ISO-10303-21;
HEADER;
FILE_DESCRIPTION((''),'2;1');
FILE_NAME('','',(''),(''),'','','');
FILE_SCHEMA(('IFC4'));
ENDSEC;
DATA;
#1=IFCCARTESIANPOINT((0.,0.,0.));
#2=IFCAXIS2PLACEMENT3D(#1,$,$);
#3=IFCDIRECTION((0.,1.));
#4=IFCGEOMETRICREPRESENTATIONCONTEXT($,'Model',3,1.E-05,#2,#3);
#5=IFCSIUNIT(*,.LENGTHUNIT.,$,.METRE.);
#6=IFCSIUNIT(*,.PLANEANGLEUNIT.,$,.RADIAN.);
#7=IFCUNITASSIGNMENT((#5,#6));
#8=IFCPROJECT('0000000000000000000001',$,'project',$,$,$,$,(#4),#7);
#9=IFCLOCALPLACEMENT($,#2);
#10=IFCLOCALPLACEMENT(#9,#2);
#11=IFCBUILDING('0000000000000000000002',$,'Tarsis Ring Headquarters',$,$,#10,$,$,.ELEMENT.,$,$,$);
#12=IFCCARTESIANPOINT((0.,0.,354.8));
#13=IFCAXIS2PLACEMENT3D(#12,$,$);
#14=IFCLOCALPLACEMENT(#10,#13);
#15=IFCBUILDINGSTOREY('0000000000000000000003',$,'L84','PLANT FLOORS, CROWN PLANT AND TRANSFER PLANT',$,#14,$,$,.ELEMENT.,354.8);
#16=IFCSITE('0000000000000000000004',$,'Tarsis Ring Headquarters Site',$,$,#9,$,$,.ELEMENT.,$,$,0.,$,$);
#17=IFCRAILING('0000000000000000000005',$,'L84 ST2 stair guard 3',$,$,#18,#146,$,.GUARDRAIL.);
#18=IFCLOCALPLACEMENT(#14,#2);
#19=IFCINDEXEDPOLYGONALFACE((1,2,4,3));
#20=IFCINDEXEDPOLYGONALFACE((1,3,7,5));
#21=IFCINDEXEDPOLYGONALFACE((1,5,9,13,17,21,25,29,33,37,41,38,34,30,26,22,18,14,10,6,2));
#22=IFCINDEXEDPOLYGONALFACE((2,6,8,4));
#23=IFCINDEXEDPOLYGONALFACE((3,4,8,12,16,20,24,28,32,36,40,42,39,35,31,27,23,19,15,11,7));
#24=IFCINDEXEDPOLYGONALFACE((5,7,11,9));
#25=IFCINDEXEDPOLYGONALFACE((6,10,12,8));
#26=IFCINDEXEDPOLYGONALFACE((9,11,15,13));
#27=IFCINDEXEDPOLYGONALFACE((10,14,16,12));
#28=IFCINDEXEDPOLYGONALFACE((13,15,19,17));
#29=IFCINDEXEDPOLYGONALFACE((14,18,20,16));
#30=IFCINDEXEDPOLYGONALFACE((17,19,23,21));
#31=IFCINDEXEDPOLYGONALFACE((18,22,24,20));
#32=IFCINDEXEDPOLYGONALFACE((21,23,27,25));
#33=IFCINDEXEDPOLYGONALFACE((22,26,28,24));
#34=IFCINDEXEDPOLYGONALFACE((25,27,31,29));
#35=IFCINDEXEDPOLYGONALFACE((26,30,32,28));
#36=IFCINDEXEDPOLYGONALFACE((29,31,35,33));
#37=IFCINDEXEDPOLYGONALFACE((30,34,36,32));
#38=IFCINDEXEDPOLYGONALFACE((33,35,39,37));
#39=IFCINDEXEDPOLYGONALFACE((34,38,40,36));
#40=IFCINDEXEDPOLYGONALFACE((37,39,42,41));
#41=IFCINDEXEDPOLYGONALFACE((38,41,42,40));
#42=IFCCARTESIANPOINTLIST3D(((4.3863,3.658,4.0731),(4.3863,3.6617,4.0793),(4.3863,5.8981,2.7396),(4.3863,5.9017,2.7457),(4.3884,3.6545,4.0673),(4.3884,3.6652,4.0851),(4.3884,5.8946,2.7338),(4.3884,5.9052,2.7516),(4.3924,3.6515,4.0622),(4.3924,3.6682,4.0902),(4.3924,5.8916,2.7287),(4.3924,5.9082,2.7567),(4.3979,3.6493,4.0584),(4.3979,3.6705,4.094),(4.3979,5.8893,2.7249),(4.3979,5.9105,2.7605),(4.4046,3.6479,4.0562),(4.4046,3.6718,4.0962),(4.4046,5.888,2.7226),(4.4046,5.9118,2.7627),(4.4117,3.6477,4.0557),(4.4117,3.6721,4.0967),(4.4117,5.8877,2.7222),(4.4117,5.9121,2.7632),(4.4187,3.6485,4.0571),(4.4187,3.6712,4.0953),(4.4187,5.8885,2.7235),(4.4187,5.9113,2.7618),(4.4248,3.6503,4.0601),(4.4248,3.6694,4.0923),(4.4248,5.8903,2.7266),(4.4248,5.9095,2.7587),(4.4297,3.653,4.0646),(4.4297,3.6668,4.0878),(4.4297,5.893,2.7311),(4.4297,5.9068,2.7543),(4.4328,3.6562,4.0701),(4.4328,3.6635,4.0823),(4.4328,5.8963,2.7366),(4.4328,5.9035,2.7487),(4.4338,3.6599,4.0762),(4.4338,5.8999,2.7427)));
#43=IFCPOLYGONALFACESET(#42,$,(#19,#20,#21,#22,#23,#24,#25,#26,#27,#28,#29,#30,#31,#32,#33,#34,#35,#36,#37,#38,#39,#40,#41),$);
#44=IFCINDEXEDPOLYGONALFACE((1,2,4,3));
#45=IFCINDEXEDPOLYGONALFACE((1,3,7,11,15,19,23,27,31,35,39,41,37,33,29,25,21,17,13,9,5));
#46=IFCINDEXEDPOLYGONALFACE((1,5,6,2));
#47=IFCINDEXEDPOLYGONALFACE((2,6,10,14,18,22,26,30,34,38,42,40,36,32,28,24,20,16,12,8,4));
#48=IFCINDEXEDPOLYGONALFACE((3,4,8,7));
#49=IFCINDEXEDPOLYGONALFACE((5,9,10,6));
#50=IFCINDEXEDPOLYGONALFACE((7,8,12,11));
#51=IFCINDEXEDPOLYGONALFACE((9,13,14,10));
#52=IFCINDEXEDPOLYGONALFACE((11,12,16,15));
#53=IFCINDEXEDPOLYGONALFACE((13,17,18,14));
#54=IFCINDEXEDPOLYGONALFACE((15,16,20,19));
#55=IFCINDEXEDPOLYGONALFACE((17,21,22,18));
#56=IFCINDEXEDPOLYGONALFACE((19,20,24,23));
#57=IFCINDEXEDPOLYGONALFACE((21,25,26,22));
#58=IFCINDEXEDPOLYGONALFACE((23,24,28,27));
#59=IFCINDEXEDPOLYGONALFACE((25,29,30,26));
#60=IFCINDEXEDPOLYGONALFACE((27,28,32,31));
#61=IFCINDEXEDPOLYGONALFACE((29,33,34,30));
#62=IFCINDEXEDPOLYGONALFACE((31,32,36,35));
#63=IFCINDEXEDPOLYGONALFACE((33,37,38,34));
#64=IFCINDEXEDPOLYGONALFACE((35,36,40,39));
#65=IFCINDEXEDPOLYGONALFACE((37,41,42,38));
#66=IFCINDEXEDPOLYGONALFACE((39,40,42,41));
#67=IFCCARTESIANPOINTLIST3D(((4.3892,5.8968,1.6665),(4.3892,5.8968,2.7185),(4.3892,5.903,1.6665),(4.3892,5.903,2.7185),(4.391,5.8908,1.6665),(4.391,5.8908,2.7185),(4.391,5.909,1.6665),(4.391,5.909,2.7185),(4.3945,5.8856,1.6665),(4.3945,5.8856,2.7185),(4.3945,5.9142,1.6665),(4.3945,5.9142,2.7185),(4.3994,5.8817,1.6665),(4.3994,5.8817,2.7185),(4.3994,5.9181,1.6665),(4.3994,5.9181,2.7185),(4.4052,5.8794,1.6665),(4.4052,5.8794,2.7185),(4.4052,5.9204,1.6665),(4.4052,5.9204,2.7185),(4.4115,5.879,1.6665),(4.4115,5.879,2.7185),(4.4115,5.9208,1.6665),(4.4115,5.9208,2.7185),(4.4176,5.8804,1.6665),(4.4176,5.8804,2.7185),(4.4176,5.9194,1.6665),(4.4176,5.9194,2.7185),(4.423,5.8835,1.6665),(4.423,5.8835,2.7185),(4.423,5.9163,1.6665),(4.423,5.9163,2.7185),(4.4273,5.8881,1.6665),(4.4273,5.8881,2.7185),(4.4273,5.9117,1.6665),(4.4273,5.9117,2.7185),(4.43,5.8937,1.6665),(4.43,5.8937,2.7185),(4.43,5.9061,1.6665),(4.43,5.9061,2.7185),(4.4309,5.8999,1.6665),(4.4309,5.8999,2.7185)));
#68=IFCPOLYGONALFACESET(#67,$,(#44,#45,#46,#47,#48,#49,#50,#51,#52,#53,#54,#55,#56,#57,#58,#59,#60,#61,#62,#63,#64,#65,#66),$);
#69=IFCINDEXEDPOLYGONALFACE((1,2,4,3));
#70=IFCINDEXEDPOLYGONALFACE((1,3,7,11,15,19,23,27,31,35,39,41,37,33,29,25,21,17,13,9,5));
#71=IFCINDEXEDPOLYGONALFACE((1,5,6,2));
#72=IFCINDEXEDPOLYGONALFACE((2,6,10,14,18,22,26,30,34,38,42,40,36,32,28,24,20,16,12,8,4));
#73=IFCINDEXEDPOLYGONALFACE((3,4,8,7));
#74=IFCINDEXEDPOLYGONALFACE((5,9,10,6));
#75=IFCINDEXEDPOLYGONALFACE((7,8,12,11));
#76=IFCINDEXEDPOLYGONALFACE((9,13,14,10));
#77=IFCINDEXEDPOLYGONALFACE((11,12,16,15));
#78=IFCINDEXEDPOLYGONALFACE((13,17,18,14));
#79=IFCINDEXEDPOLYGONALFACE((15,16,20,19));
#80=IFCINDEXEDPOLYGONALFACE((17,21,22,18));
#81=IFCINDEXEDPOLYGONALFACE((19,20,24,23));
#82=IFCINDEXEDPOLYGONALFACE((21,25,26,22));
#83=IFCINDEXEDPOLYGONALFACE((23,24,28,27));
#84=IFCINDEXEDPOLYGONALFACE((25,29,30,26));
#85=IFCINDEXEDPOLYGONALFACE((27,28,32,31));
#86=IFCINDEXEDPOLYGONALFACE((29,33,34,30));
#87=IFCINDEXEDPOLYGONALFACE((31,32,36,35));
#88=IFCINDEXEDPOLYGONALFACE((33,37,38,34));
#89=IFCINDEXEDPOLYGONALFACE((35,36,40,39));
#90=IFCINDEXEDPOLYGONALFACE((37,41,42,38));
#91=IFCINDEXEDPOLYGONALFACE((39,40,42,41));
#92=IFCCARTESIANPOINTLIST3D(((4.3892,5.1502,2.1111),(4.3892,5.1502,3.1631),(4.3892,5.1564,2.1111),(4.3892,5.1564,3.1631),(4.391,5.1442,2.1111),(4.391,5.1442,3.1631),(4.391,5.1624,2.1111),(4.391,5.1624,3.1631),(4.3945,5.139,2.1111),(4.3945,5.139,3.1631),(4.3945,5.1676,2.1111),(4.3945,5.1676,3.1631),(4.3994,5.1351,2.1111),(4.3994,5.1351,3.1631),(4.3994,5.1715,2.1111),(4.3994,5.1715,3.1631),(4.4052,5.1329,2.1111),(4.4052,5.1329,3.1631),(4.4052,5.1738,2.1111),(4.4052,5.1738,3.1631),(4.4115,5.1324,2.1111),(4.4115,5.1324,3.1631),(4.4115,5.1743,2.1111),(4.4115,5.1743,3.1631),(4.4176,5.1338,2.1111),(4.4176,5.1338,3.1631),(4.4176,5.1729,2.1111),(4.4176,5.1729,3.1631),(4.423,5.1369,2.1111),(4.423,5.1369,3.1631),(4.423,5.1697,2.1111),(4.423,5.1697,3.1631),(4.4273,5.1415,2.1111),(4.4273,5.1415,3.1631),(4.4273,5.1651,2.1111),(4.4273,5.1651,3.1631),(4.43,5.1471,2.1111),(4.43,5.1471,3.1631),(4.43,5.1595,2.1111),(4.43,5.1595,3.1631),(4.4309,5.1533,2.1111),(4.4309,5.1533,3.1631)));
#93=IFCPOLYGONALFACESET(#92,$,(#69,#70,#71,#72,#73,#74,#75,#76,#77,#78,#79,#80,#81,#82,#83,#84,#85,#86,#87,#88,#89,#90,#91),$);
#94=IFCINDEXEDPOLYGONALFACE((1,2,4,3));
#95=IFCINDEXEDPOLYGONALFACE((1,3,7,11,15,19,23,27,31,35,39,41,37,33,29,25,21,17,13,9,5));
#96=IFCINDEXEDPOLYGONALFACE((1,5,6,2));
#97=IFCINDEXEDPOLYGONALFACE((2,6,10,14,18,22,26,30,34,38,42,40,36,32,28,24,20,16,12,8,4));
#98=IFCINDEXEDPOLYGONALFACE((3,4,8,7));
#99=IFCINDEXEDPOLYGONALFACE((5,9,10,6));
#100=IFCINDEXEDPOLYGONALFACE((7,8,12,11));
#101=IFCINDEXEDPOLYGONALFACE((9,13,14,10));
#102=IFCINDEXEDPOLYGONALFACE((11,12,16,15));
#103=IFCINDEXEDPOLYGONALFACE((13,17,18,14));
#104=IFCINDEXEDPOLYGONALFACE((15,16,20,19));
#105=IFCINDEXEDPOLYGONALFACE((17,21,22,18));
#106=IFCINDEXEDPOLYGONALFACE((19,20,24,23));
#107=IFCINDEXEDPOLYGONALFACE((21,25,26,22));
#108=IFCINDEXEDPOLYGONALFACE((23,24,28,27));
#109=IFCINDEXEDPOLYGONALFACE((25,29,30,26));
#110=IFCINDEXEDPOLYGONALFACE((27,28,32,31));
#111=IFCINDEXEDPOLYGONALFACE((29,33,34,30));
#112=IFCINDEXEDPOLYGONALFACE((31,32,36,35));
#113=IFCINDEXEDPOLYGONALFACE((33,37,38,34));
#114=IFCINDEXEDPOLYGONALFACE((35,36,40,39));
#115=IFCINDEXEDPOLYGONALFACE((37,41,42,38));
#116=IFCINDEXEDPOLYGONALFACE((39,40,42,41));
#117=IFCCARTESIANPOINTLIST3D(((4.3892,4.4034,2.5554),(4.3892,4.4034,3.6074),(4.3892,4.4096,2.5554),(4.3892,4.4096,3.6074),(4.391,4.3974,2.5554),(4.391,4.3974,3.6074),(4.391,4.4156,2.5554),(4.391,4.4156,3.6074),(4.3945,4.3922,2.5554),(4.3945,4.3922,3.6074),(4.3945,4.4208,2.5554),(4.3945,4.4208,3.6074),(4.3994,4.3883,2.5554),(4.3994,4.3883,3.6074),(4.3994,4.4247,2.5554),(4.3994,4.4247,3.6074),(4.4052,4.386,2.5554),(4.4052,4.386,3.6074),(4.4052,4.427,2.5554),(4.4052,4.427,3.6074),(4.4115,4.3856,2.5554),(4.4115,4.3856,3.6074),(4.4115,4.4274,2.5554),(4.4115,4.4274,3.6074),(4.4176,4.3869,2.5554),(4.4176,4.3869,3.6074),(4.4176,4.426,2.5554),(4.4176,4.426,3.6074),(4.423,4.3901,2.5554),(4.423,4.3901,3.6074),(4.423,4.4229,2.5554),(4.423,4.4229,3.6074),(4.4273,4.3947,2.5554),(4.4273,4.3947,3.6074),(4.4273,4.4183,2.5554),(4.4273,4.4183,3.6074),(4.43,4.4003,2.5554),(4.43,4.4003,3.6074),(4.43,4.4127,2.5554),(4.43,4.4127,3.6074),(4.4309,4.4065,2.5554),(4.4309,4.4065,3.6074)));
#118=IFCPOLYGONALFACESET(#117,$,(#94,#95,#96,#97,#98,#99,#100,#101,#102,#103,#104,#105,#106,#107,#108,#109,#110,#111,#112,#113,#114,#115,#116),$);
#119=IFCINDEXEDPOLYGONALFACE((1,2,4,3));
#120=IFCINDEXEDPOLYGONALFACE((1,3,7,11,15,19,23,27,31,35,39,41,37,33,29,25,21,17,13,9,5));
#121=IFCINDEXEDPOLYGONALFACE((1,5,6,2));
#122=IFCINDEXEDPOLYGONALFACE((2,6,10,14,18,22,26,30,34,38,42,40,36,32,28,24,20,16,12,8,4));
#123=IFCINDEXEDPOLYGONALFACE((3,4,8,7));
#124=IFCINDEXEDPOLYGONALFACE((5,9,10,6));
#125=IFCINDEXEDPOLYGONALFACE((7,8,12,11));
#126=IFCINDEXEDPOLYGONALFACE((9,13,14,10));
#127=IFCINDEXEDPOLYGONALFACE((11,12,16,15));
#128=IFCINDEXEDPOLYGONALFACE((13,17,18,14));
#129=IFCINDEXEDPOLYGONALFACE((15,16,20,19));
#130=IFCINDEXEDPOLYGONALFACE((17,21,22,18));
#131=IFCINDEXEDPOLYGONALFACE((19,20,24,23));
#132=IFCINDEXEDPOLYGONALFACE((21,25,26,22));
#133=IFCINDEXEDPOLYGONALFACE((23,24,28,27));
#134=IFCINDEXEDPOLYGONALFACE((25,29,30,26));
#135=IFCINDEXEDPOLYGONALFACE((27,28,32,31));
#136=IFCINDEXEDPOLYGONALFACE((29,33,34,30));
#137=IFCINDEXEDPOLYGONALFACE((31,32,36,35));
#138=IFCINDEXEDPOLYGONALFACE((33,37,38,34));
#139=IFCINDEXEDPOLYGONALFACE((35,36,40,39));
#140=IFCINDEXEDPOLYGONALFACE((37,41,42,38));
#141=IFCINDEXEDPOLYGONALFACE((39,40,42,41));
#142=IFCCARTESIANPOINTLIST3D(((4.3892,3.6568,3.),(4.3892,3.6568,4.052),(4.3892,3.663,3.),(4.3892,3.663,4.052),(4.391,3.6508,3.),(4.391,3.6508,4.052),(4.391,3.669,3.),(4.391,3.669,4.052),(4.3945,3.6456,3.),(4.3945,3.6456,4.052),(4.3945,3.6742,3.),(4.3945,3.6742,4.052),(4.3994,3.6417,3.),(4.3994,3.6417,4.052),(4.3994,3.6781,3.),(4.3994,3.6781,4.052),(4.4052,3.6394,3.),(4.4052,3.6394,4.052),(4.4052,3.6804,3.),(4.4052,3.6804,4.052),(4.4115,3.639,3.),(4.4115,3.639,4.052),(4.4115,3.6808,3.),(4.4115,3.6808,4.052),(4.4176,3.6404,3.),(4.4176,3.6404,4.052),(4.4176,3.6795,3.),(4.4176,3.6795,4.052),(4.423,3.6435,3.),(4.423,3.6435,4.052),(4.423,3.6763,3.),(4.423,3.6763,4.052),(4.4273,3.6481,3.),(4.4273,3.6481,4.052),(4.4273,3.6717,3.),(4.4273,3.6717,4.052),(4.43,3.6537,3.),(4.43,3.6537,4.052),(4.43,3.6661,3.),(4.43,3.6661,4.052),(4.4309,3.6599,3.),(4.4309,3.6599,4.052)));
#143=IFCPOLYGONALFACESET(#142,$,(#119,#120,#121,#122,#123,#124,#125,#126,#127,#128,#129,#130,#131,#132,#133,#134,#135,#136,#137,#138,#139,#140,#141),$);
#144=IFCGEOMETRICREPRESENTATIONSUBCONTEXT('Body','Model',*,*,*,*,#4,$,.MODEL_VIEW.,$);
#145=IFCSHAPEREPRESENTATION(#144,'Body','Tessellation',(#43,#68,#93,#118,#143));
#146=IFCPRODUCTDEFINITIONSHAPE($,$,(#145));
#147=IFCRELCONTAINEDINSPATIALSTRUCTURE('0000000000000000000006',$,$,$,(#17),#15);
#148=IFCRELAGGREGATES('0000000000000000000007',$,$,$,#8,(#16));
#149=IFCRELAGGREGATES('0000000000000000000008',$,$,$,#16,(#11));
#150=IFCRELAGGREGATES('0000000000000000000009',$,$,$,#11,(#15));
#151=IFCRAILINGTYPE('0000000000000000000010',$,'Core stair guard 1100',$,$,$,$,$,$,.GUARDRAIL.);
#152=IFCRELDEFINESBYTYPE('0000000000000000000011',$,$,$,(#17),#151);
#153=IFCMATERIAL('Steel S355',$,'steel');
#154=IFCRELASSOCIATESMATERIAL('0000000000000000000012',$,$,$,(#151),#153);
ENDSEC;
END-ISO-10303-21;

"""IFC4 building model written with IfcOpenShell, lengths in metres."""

from ifc_helpers import new_model, si_unit, direction, frame, origin, origin_2d, place, context, subcontext, project, spatial, circle, extrude, material, type_object, element, save


model = new_model("IFC4")

# Units and contexts
model_context = context("Model", 3, precision=1e-05, world=origin(), true_north=direction((0.0, 1.0)))
body_context = subcontext(model_context, "Body", "Model", "MODEL_VIEW")
ifc_project = project(units=[si_unit("LENGTHUNIT", "METRE"), si_unit("PLANEANGLEUNIT", "RADIAN")], contexts=[model_context])

# Site, building, storey
site_placement = place(None, origin())
site = spatial("IfcSite", under=ifc_project, at=site_placement, Name="Tarsis Ring Headquarters Site", CompositionType="ELEMENT", RefElevation=0.0)
building_placement = place(site_placement, origin())
building = spatial("IfcBuilding", under=site, at=building_placement, Name="Tarsis Ring Headquarters", CompositionType="ELEMENT")
storey_placement = place(building_placement, frame((0.0, 0.0, 354.8)))
storey = spatial("IfcBuildingStorey", under=building, at=storey_placement, Name="L84", Description="PLANT FLOORS, CROWN PLANT AND TRANSFER PLANT", CompositionType="ELEMENT", Elevation=354.8)

# Railing
ifc_material_1 = material(Name="Steel S355", Category="steel")
railing_type_1 = type_object("IfcRailingType", Name="Core stair guard 1100", PredefinedType="GUARDRAIL", material=ifc_material_1)
railing_1_placement = place(storey_placement, frame((4.4099, 5.8999, 1.6665)))
element("IfcRailing", 1, at=railing_1_placement, inside=storey, type_object=railing_type_1, Name="L84 ST2 stair guard 3", PredefinedType="GUARDRAIL", context=body_context, shape_type="SweptSolid", body=[
    extrude(circle(Radius=0.0239, at=origin_2d()), frame((0.0, 0.0, 1.0762), z_axis=(0.0, -0.859264, 0.511532), x_axis=(1.0, 0.0, 0.0)), (0.0, 0.0, 1.0), 2.6069),
    extrude(circle(Radius=0.021, at=origin_2d()), origin(), (0.0, 0.0, 1.0), 1.052),
    extrude(circle(Radius=0.021, at=origin_2d()), frame((0.0, -0.7466, 0.4446)), (0.0, 0.0, 1.0), 1.052),
    extrude(circle(Radius=0.021, at=origin_2d()), frame((0.0, -1.4934, 0.8889)), (0.0, 0.0, 1.0), 1.052),
    extrude(circle(Radius=0.021, at=origin_2d()), frame((0.0, -2.24, 1.3335)), (0.0, 0.0, 1.0), 1.052),
])

save(model, "model.ifc")
